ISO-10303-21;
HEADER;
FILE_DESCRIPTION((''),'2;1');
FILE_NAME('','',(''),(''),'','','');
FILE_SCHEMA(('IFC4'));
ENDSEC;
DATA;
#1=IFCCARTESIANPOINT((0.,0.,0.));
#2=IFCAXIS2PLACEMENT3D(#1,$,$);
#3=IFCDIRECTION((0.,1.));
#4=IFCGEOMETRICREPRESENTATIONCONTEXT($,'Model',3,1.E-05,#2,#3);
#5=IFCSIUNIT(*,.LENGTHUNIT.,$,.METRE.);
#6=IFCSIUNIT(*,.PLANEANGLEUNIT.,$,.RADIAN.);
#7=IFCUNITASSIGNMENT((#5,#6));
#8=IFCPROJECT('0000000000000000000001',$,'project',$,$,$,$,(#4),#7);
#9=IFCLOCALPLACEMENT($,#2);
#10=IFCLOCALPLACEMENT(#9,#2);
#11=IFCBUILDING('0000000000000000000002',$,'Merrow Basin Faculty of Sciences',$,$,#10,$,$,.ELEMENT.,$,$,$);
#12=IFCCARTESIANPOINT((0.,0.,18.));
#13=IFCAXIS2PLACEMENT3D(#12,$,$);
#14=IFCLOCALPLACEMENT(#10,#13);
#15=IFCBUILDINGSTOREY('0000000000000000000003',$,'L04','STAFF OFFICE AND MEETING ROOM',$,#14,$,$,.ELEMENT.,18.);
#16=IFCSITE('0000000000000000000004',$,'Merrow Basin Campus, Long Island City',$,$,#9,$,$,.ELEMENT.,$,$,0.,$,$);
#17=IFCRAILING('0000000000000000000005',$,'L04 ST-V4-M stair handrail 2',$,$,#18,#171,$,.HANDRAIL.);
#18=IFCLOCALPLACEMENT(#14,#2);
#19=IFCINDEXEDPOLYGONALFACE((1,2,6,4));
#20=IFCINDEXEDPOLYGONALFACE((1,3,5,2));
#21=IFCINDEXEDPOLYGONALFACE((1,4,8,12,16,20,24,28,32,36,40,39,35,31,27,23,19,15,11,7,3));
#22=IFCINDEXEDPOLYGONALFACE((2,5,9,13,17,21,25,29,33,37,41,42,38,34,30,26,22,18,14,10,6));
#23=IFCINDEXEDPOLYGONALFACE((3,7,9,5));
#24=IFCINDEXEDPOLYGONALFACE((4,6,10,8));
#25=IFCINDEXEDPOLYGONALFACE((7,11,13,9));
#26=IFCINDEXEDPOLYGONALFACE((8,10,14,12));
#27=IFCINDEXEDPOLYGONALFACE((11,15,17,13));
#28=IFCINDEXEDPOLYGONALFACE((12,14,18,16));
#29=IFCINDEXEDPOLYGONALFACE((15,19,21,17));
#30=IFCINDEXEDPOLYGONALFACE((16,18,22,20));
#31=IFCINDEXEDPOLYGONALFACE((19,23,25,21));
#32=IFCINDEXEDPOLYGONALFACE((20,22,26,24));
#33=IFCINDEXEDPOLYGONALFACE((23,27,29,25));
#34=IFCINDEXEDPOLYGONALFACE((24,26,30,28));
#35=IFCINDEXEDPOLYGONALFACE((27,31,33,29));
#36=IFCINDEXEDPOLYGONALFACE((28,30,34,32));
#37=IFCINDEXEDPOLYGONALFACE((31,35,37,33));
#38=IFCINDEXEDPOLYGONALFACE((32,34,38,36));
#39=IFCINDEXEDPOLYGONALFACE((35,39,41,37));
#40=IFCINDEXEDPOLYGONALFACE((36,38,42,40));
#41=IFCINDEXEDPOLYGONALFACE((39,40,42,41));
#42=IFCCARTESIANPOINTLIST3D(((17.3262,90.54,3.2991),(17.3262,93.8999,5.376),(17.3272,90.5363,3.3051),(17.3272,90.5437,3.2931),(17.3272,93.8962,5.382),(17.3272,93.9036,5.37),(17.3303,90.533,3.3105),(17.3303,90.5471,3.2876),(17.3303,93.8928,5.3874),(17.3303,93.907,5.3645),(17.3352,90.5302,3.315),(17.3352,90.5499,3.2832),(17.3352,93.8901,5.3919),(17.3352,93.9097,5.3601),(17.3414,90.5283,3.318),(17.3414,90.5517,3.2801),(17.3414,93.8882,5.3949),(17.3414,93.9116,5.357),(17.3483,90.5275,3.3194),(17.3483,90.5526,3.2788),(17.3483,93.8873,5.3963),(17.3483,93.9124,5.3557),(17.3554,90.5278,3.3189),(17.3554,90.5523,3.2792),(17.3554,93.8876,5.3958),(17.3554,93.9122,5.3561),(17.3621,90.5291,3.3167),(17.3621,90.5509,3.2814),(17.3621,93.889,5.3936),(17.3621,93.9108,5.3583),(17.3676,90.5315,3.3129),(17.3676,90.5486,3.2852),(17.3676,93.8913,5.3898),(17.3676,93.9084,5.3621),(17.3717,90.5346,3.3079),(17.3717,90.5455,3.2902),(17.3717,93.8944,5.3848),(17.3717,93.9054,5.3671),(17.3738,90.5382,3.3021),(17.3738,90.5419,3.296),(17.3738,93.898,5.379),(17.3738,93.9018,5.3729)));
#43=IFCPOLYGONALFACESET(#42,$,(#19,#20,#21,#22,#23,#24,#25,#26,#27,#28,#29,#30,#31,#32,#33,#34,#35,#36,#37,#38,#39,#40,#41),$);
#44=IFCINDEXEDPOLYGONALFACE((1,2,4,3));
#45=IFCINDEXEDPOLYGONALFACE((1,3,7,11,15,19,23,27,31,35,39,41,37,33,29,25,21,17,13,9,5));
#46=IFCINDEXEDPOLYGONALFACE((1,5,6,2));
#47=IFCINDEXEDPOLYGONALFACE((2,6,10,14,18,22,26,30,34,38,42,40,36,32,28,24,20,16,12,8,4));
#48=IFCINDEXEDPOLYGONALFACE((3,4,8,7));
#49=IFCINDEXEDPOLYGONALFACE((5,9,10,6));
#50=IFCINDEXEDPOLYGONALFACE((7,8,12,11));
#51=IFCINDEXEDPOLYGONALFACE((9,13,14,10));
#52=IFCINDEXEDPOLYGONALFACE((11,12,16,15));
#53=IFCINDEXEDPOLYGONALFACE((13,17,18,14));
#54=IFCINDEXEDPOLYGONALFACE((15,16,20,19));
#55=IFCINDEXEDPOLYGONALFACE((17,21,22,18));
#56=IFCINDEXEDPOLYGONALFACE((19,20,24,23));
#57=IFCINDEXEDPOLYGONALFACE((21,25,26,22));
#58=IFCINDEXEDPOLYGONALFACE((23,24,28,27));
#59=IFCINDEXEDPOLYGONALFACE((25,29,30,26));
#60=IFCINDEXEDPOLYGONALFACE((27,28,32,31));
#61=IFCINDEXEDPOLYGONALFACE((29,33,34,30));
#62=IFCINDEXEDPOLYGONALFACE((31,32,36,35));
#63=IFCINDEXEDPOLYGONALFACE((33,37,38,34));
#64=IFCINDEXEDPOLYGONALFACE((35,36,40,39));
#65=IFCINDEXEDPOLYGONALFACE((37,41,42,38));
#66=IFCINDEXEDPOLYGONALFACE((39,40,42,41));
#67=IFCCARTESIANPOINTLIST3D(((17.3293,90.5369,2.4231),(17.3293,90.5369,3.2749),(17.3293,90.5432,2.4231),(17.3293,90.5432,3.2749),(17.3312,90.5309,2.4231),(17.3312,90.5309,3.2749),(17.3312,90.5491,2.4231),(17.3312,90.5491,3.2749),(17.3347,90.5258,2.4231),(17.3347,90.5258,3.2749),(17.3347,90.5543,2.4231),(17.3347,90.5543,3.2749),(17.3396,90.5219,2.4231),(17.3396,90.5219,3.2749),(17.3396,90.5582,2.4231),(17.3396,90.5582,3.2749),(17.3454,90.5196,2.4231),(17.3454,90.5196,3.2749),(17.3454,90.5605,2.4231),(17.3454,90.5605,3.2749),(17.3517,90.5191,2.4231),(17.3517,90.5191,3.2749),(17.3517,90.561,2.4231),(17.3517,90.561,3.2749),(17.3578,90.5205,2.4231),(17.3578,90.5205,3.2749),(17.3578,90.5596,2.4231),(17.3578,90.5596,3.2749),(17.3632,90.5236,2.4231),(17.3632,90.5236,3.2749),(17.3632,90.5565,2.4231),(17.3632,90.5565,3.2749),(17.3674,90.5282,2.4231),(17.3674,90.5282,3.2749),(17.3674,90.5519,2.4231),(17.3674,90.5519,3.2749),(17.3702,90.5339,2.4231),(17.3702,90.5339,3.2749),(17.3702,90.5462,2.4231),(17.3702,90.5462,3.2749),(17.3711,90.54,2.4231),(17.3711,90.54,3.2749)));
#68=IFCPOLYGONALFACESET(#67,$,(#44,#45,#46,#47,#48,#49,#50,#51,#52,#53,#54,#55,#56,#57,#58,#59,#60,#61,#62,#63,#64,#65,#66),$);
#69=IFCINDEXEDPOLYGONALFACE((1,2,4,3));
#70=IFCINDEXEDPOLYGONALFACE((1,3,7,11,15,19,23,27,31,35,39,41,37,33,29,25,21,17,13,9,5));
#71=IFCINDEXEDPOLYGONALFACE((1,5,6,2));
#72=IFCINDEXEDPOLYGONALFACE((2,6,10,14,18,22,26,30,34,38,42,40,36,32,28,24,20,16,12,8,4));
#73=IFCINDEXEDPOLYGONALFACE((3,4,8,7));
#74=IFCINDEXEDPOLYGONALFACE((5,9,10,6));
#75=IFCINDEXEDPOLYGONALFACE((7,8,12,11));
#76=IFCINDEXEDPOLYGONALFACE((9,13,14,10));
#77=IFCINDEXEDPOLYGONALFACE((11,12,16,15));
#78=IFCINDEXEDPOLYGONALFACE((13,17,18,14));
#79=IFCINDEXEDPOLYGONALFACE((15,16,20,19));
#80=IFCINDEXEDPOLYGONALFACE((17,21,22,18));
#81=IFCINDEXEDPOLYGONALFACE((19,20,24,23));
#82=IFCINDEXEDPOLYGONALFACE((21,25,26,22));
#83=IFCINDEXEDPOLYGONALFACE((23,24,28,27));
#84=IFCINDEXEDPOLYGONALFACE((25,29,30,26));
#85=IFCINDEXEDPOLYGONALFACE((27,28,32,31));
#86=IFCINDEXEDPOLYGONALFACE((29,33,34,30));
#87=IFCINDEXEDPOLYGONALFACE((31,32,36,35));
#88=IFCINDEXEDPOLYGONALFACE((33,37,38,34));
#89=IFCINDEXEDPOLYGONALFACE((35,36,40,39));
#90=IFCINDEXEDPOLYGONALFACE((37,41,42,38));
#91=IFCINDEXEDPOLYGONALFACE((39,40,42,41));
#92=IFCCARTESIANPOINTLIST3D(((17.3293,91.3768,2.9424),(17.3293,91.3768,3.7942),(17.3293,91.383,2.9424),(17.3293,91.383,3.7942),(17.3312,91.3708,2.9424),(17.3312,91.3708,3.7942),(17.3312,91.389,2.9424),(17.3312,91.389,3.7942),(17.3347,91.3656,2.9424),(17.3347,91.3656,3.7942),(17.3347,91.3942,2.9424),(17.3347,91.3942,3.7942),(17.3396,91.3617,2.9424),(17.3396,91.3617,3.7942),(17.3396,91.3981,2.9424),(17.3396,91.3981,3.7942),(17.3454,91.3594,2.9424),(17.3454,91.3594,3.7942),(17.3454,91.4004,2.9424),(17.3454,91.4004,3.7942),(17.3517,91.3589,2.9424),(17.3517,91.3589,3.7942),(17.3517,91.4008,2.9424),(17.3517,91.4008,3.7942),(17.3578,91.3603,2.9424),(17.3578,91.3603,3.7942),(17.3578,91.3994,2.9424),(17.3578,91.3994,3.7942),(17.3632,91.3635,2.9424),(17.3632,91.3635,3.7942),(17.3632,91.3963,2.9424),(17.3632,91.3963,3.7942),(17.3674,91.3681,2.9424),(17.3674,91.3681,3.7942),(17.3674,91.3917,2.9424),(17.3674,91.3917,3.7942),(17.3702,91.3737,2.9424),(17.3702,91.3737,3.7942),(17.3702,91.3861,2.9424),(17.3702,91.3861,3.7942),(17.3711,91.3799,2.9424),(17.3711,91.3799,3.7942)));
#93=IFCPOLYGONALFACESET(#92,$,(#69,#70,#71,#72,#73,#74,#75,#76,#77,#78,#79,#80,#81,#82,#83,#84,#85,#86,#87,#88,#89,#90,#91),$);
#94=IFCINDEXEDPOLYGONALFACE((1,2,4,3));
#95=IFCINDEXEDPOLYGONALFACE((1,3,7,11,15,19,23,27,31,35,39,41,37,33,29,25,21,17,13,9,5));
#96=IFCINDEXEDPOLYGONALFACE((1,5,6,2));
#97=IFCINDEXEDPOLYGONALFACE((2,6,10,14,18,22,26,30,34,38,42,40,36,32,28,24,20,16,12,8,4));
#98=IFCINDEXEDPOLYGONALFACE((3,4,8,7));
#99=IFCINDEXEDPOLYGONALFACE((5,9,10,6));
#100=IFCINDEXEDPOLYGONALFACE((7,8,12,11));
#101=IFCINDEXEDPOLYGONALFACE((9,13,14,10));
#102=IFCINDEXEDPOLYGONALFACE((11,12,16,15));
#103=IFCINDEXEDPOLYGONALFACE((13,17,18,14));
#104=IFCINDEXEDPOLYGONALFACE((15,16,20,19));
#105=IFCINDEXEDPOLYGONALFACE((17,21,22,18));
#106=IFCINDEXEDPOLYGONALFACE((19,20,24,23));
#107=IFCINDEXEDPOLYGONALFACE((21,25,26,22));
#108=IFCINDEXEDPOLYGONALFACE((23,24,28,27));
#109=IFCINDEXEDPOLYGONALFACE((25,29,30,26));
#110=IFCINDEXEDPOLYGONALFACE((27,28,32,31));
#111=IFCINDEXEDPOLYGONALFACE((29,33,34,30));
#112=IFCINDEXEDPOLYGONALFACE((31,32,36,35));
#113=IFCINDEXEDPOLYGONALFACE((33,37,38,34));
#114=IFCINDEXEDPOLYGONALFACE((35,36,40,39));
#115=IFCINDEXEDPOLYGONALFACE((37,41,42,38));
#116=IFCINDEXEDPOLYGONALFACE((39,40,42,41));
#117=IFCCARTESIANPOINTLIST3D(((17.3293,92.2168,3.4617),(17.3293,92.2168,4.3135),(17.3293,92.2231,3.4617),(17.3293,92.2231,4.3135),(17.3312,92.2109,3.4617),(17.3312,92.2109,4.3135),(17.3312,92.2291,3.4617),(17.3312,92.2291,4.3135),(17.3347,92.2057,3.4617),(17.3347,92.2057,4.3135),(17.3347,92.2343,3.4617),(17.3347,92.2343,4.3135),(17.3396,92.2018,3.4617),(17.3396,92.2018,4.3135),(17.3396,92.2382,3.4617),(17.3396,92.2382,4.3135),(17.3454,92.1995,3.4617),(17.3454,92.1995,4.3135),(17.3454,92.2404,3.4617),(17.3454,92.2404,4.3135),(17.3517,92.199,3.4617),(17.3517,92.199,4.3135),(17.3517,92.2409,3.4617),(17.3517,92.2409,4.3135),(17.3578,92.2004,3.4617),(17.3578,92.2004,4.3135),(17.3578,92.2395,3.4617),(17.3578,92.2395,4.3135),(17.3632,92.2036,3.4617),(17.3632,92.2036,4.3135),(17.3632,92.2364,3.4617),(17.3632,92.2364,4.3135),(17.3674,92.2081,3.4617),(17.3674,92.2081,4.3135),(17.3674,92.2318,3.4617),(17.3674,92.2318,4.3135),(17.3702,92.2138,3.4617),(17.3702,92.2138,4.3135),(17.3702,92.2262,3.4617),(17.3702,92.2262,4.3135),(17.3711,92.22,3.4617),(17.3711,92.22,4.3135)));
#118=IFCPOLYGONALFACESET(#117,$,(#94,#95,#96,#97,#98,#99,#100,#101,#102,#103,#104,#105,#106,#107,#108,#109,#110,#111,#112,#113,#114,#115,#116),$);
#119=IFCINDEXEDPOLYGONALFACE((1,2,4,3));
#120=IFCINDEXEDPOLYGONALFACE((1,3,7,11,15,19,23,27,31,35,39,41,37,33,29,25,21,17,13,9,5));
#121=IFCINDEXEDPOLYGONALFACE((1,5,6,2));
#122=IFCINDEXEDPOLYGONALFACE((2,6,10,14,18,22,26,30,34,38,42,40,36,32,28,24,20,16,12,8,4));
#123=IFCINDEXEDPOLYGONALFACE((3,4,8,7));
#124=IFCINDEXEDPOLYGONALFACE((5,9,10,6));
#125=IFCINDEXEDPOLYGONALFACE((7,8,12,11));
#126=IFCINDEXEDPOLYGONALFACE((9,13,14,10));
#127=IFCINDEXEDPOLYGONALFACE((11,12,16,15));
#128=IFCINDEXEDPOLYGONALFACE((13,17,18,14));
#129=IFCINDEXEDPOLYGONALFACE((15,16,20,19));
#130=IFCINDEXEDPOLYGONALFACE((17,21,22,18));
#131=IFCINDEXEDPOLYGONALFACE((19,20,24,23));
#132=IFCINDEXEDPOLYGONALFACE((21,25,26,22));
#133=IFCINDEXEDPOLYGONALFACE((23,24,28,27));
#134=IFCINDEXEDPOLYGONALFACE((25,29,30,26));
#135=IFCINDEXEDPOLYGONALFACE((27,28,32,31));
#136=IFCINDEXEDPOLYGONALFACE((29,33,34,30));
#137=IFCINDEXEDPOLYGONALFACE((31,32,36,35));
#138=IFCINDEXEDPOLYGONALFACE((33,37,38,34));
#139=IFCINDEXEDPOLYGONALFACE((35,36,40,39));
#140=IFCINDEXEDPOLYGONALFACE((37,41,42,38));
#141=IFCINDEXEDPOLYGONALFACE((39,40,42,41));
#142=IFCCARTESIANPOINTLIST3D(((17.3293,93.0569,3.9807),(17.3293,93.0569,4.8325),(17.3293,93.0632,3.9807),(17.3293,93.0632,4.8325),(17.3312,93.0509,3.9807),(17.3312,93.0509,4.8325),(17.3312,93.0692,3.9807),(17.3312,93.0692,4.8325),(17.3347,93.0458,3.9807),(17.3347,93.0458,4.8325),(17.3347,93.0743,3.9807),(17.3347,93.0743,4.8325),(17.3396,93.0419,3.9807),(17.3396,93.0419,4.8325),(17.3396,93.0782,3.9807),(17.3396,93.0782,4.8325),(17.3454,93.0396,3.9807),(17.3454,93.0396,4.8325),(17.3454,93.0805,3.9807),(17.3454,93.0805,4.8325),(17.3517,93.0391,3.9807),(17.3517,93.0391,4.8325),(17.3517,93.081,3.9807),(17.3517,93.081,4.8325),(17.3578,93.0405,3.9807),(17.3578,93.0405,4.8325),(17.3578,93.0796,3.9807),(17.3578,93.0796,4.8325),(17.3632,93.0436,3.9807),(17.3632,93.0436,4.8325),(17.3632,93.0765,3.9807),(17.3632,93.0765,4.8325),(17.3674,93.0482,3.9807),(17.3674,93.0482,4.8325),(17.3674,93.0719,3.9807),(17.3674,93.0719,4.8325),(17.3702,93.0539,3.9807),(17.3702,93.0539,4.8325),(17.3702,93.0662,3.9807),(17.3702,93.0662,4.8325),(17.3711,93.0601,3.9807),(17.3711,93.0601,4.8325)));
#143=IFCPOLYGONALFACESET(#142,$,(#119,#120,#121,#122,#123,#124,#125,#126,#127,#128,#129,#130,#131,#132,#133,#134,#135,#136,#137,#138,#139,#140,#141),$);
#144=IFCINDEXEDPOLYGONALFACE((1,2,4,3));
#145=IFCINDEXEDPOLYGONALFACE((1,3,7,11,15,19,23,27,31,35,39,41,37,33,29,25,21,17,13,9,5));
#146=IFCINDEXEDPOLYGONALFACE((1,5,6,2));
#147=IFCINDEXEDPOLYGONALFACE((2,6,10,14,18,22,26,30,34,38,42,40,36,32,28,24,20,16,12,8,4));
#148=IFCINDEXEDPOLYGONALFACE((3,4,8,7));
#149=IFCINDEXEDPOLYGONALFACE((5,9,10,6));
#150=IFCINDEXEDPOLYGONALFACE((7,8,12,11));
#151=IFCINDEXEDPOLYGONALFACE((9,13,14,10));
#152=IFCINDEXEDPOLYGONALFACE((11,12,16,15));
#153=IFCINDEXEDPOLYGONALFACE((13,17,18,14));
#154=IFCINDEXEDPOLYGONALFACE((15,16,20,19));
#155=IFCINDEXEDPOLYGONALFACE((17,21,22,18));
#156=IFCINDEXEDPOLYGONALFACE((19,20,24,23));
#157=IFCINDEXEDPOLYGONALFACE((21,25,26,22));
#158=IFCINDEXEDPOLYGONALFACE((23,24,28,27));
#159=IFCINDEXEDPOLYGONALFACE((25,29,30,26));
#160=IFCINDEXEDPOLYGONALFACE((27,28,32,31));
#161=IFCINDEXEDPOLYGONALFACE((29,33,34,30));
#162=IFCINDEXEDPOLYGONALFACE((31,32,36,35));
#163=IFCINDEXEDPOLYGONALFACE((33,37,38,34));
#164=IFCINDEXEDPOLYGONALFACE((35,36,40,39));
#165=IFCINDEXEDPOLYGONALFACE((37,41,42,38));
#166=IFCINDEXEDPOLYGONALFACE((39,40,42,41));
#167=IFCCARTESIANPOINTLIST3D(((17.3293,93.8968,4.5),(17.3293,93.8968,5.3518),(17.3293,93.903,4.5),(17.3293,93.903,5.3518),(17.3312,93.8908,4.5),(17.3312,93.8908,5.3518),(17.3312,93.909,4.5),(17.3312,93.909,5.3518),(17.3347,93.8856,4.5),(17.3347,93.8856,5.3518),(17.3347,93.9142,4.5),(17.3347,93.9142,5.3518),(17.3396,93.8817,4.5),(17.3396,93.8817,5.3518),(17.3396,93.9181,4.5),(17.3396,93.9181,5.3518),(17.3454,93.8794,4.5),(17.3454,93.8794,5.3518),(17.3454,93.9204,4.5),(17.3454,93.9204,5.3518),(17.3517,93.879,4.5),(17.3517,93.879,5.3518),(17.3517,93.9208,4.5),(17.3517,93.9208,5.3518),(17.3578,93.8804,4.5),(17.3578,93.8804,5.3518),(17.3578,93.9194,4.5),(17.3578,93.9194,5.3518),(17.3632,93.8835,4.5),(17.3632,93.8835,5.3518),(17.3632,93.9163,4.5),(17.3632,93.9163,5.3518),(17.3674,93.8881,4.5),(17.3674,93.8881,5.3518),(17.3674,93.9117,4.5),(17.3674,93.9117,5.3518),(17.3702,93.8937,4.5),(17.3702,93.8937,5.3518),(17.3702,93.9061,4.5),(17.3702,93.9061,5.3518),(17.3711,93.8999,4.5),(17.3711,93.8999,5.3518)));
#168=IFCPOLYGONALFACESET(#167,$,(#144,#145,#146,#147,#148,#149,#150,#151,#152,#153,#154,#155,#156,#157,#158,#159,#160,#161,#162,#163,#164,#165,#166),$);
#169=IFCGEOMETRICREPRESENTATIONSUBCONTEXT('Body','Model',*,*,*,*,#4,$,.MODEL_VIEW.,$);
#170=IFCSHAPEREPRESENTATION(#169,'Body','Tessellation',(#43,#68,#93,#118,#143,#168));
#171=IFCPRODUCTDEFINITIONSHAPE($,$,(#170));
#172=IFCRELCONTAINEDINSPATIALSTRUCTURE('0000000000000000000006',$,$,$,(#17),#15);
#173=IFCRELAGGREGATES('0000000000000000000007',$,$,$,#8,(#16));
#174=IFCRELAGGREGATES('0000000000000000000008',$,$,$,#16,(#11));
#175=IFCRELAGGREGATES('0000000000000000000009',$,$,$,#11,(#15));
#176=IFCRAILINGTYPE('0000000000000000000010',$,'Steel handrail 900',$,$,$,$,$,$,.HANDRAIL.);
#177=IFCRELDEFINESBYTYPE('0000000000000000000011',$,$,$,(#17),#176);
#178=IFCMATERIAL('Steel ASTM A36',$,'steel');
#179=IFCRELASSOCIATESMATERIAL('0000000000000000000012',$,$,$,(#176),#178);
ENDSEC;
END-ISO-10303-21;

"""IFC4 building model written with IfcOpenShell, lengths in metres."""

from ifc_helpers import new_model, si_unit, direction, frame, origin, origin_2d, place, context, subcontext, project, spatial, circle, extrude, material, type_object, element, save


model = new_model("IFC4")

# Units and contexts
model_context = context("Model", 3, precision=1e-05, world=origin(), true_north=direction((0.0, 1.0)))
body_context = subcontext(model_context, "Body", "Model", "MODEL_VIEW")
ifc_project = project(units=[si_unit("LENGTHUNIT", "METRE"), si_unit("PLANEANGLEUNIT", "RADIAN")], contexts=[model_context])

# Site, building, storey
site_placement = place(None, origin())
site = spatial("IfcSite", under=ifc_project, at=site_placement, Name="Merrow Basin Campus, Long Island City", CompositionType="ELEMENT", RefElevation=0.0)
building_placement = place(site_placement, origin())
building = spatial("IfcBuilding", under=site, at=building_placement, Name="Merrow Basin Faculty of Sciences", CompositionType="ELEMENT")
storey_placement = place(building_placement, frame((0.0, 0.0, 18.0)))
storey = spatial("IfcBuildingStorey", under=building, at=storey_placement, Name="L04", Description="STAFF OFFICE AND MEETING ROOM", CompositionType="ELEMENT", Elevation=18.0)

# Railing
ifc_material_1 = material(Name="Steel ASTM A36", Category="steel")
railing_type_1 = type_object("IfcRailingType", Name="Steel handrail 900", PredefinedType="HANDRAIL", material=ifc_material_1)
railing_1_placement = place(storey_placement, frame((17.3501, 90.54, 2.4231)))
element("IfcRailing", 1, at=railing_1_placement, inside=storey, type_object=railing_type_1, Name="L04 ST-V4-M stair handrail 2", PredefinedType="HANDRAIL", context=body_context, shape_type="SweptSolid", body=[
    extrude(circle(Radius=0.0239, at=origin_2d()), frame((0.0, 0.0, 0.876), z_axis=(0.0, 0.850606, 0.525803), x_axis=(-1.0, 0.0, 0.0)), (0.0, 0.0, 1.0), 3.95),
    extrude(circle(Radius=0.021, at=origin_2d()), origin(), (0.0, 0.0, 1.0), 0.8518),
    extrude(circle(Radius=0.021, at=origin_2d()), frame((0.0, 0.8398, 0.5193)), (0.0, 0.0, 1.0), 0.8518),
    extrude(circle(Radius=0.021, at=origin_2d()), frame((0.0, 1.6799, 1.0386)), (0.0, 0.0, 1.0), 0.8518),
    extrude(circle(Radius=0.021, at=origin_2d()), frame((0.0, 2.52, 1.5576)), (0.0, 0.0, 1.0), 0.8518),
    extrude(circle(Radius=0.021, at=origin_2d()), frame((0.0, 3.3599, 2.0769)), (0.0, 0.0, 1.0), 0.8518),
])

save(model, "model.ifc")
